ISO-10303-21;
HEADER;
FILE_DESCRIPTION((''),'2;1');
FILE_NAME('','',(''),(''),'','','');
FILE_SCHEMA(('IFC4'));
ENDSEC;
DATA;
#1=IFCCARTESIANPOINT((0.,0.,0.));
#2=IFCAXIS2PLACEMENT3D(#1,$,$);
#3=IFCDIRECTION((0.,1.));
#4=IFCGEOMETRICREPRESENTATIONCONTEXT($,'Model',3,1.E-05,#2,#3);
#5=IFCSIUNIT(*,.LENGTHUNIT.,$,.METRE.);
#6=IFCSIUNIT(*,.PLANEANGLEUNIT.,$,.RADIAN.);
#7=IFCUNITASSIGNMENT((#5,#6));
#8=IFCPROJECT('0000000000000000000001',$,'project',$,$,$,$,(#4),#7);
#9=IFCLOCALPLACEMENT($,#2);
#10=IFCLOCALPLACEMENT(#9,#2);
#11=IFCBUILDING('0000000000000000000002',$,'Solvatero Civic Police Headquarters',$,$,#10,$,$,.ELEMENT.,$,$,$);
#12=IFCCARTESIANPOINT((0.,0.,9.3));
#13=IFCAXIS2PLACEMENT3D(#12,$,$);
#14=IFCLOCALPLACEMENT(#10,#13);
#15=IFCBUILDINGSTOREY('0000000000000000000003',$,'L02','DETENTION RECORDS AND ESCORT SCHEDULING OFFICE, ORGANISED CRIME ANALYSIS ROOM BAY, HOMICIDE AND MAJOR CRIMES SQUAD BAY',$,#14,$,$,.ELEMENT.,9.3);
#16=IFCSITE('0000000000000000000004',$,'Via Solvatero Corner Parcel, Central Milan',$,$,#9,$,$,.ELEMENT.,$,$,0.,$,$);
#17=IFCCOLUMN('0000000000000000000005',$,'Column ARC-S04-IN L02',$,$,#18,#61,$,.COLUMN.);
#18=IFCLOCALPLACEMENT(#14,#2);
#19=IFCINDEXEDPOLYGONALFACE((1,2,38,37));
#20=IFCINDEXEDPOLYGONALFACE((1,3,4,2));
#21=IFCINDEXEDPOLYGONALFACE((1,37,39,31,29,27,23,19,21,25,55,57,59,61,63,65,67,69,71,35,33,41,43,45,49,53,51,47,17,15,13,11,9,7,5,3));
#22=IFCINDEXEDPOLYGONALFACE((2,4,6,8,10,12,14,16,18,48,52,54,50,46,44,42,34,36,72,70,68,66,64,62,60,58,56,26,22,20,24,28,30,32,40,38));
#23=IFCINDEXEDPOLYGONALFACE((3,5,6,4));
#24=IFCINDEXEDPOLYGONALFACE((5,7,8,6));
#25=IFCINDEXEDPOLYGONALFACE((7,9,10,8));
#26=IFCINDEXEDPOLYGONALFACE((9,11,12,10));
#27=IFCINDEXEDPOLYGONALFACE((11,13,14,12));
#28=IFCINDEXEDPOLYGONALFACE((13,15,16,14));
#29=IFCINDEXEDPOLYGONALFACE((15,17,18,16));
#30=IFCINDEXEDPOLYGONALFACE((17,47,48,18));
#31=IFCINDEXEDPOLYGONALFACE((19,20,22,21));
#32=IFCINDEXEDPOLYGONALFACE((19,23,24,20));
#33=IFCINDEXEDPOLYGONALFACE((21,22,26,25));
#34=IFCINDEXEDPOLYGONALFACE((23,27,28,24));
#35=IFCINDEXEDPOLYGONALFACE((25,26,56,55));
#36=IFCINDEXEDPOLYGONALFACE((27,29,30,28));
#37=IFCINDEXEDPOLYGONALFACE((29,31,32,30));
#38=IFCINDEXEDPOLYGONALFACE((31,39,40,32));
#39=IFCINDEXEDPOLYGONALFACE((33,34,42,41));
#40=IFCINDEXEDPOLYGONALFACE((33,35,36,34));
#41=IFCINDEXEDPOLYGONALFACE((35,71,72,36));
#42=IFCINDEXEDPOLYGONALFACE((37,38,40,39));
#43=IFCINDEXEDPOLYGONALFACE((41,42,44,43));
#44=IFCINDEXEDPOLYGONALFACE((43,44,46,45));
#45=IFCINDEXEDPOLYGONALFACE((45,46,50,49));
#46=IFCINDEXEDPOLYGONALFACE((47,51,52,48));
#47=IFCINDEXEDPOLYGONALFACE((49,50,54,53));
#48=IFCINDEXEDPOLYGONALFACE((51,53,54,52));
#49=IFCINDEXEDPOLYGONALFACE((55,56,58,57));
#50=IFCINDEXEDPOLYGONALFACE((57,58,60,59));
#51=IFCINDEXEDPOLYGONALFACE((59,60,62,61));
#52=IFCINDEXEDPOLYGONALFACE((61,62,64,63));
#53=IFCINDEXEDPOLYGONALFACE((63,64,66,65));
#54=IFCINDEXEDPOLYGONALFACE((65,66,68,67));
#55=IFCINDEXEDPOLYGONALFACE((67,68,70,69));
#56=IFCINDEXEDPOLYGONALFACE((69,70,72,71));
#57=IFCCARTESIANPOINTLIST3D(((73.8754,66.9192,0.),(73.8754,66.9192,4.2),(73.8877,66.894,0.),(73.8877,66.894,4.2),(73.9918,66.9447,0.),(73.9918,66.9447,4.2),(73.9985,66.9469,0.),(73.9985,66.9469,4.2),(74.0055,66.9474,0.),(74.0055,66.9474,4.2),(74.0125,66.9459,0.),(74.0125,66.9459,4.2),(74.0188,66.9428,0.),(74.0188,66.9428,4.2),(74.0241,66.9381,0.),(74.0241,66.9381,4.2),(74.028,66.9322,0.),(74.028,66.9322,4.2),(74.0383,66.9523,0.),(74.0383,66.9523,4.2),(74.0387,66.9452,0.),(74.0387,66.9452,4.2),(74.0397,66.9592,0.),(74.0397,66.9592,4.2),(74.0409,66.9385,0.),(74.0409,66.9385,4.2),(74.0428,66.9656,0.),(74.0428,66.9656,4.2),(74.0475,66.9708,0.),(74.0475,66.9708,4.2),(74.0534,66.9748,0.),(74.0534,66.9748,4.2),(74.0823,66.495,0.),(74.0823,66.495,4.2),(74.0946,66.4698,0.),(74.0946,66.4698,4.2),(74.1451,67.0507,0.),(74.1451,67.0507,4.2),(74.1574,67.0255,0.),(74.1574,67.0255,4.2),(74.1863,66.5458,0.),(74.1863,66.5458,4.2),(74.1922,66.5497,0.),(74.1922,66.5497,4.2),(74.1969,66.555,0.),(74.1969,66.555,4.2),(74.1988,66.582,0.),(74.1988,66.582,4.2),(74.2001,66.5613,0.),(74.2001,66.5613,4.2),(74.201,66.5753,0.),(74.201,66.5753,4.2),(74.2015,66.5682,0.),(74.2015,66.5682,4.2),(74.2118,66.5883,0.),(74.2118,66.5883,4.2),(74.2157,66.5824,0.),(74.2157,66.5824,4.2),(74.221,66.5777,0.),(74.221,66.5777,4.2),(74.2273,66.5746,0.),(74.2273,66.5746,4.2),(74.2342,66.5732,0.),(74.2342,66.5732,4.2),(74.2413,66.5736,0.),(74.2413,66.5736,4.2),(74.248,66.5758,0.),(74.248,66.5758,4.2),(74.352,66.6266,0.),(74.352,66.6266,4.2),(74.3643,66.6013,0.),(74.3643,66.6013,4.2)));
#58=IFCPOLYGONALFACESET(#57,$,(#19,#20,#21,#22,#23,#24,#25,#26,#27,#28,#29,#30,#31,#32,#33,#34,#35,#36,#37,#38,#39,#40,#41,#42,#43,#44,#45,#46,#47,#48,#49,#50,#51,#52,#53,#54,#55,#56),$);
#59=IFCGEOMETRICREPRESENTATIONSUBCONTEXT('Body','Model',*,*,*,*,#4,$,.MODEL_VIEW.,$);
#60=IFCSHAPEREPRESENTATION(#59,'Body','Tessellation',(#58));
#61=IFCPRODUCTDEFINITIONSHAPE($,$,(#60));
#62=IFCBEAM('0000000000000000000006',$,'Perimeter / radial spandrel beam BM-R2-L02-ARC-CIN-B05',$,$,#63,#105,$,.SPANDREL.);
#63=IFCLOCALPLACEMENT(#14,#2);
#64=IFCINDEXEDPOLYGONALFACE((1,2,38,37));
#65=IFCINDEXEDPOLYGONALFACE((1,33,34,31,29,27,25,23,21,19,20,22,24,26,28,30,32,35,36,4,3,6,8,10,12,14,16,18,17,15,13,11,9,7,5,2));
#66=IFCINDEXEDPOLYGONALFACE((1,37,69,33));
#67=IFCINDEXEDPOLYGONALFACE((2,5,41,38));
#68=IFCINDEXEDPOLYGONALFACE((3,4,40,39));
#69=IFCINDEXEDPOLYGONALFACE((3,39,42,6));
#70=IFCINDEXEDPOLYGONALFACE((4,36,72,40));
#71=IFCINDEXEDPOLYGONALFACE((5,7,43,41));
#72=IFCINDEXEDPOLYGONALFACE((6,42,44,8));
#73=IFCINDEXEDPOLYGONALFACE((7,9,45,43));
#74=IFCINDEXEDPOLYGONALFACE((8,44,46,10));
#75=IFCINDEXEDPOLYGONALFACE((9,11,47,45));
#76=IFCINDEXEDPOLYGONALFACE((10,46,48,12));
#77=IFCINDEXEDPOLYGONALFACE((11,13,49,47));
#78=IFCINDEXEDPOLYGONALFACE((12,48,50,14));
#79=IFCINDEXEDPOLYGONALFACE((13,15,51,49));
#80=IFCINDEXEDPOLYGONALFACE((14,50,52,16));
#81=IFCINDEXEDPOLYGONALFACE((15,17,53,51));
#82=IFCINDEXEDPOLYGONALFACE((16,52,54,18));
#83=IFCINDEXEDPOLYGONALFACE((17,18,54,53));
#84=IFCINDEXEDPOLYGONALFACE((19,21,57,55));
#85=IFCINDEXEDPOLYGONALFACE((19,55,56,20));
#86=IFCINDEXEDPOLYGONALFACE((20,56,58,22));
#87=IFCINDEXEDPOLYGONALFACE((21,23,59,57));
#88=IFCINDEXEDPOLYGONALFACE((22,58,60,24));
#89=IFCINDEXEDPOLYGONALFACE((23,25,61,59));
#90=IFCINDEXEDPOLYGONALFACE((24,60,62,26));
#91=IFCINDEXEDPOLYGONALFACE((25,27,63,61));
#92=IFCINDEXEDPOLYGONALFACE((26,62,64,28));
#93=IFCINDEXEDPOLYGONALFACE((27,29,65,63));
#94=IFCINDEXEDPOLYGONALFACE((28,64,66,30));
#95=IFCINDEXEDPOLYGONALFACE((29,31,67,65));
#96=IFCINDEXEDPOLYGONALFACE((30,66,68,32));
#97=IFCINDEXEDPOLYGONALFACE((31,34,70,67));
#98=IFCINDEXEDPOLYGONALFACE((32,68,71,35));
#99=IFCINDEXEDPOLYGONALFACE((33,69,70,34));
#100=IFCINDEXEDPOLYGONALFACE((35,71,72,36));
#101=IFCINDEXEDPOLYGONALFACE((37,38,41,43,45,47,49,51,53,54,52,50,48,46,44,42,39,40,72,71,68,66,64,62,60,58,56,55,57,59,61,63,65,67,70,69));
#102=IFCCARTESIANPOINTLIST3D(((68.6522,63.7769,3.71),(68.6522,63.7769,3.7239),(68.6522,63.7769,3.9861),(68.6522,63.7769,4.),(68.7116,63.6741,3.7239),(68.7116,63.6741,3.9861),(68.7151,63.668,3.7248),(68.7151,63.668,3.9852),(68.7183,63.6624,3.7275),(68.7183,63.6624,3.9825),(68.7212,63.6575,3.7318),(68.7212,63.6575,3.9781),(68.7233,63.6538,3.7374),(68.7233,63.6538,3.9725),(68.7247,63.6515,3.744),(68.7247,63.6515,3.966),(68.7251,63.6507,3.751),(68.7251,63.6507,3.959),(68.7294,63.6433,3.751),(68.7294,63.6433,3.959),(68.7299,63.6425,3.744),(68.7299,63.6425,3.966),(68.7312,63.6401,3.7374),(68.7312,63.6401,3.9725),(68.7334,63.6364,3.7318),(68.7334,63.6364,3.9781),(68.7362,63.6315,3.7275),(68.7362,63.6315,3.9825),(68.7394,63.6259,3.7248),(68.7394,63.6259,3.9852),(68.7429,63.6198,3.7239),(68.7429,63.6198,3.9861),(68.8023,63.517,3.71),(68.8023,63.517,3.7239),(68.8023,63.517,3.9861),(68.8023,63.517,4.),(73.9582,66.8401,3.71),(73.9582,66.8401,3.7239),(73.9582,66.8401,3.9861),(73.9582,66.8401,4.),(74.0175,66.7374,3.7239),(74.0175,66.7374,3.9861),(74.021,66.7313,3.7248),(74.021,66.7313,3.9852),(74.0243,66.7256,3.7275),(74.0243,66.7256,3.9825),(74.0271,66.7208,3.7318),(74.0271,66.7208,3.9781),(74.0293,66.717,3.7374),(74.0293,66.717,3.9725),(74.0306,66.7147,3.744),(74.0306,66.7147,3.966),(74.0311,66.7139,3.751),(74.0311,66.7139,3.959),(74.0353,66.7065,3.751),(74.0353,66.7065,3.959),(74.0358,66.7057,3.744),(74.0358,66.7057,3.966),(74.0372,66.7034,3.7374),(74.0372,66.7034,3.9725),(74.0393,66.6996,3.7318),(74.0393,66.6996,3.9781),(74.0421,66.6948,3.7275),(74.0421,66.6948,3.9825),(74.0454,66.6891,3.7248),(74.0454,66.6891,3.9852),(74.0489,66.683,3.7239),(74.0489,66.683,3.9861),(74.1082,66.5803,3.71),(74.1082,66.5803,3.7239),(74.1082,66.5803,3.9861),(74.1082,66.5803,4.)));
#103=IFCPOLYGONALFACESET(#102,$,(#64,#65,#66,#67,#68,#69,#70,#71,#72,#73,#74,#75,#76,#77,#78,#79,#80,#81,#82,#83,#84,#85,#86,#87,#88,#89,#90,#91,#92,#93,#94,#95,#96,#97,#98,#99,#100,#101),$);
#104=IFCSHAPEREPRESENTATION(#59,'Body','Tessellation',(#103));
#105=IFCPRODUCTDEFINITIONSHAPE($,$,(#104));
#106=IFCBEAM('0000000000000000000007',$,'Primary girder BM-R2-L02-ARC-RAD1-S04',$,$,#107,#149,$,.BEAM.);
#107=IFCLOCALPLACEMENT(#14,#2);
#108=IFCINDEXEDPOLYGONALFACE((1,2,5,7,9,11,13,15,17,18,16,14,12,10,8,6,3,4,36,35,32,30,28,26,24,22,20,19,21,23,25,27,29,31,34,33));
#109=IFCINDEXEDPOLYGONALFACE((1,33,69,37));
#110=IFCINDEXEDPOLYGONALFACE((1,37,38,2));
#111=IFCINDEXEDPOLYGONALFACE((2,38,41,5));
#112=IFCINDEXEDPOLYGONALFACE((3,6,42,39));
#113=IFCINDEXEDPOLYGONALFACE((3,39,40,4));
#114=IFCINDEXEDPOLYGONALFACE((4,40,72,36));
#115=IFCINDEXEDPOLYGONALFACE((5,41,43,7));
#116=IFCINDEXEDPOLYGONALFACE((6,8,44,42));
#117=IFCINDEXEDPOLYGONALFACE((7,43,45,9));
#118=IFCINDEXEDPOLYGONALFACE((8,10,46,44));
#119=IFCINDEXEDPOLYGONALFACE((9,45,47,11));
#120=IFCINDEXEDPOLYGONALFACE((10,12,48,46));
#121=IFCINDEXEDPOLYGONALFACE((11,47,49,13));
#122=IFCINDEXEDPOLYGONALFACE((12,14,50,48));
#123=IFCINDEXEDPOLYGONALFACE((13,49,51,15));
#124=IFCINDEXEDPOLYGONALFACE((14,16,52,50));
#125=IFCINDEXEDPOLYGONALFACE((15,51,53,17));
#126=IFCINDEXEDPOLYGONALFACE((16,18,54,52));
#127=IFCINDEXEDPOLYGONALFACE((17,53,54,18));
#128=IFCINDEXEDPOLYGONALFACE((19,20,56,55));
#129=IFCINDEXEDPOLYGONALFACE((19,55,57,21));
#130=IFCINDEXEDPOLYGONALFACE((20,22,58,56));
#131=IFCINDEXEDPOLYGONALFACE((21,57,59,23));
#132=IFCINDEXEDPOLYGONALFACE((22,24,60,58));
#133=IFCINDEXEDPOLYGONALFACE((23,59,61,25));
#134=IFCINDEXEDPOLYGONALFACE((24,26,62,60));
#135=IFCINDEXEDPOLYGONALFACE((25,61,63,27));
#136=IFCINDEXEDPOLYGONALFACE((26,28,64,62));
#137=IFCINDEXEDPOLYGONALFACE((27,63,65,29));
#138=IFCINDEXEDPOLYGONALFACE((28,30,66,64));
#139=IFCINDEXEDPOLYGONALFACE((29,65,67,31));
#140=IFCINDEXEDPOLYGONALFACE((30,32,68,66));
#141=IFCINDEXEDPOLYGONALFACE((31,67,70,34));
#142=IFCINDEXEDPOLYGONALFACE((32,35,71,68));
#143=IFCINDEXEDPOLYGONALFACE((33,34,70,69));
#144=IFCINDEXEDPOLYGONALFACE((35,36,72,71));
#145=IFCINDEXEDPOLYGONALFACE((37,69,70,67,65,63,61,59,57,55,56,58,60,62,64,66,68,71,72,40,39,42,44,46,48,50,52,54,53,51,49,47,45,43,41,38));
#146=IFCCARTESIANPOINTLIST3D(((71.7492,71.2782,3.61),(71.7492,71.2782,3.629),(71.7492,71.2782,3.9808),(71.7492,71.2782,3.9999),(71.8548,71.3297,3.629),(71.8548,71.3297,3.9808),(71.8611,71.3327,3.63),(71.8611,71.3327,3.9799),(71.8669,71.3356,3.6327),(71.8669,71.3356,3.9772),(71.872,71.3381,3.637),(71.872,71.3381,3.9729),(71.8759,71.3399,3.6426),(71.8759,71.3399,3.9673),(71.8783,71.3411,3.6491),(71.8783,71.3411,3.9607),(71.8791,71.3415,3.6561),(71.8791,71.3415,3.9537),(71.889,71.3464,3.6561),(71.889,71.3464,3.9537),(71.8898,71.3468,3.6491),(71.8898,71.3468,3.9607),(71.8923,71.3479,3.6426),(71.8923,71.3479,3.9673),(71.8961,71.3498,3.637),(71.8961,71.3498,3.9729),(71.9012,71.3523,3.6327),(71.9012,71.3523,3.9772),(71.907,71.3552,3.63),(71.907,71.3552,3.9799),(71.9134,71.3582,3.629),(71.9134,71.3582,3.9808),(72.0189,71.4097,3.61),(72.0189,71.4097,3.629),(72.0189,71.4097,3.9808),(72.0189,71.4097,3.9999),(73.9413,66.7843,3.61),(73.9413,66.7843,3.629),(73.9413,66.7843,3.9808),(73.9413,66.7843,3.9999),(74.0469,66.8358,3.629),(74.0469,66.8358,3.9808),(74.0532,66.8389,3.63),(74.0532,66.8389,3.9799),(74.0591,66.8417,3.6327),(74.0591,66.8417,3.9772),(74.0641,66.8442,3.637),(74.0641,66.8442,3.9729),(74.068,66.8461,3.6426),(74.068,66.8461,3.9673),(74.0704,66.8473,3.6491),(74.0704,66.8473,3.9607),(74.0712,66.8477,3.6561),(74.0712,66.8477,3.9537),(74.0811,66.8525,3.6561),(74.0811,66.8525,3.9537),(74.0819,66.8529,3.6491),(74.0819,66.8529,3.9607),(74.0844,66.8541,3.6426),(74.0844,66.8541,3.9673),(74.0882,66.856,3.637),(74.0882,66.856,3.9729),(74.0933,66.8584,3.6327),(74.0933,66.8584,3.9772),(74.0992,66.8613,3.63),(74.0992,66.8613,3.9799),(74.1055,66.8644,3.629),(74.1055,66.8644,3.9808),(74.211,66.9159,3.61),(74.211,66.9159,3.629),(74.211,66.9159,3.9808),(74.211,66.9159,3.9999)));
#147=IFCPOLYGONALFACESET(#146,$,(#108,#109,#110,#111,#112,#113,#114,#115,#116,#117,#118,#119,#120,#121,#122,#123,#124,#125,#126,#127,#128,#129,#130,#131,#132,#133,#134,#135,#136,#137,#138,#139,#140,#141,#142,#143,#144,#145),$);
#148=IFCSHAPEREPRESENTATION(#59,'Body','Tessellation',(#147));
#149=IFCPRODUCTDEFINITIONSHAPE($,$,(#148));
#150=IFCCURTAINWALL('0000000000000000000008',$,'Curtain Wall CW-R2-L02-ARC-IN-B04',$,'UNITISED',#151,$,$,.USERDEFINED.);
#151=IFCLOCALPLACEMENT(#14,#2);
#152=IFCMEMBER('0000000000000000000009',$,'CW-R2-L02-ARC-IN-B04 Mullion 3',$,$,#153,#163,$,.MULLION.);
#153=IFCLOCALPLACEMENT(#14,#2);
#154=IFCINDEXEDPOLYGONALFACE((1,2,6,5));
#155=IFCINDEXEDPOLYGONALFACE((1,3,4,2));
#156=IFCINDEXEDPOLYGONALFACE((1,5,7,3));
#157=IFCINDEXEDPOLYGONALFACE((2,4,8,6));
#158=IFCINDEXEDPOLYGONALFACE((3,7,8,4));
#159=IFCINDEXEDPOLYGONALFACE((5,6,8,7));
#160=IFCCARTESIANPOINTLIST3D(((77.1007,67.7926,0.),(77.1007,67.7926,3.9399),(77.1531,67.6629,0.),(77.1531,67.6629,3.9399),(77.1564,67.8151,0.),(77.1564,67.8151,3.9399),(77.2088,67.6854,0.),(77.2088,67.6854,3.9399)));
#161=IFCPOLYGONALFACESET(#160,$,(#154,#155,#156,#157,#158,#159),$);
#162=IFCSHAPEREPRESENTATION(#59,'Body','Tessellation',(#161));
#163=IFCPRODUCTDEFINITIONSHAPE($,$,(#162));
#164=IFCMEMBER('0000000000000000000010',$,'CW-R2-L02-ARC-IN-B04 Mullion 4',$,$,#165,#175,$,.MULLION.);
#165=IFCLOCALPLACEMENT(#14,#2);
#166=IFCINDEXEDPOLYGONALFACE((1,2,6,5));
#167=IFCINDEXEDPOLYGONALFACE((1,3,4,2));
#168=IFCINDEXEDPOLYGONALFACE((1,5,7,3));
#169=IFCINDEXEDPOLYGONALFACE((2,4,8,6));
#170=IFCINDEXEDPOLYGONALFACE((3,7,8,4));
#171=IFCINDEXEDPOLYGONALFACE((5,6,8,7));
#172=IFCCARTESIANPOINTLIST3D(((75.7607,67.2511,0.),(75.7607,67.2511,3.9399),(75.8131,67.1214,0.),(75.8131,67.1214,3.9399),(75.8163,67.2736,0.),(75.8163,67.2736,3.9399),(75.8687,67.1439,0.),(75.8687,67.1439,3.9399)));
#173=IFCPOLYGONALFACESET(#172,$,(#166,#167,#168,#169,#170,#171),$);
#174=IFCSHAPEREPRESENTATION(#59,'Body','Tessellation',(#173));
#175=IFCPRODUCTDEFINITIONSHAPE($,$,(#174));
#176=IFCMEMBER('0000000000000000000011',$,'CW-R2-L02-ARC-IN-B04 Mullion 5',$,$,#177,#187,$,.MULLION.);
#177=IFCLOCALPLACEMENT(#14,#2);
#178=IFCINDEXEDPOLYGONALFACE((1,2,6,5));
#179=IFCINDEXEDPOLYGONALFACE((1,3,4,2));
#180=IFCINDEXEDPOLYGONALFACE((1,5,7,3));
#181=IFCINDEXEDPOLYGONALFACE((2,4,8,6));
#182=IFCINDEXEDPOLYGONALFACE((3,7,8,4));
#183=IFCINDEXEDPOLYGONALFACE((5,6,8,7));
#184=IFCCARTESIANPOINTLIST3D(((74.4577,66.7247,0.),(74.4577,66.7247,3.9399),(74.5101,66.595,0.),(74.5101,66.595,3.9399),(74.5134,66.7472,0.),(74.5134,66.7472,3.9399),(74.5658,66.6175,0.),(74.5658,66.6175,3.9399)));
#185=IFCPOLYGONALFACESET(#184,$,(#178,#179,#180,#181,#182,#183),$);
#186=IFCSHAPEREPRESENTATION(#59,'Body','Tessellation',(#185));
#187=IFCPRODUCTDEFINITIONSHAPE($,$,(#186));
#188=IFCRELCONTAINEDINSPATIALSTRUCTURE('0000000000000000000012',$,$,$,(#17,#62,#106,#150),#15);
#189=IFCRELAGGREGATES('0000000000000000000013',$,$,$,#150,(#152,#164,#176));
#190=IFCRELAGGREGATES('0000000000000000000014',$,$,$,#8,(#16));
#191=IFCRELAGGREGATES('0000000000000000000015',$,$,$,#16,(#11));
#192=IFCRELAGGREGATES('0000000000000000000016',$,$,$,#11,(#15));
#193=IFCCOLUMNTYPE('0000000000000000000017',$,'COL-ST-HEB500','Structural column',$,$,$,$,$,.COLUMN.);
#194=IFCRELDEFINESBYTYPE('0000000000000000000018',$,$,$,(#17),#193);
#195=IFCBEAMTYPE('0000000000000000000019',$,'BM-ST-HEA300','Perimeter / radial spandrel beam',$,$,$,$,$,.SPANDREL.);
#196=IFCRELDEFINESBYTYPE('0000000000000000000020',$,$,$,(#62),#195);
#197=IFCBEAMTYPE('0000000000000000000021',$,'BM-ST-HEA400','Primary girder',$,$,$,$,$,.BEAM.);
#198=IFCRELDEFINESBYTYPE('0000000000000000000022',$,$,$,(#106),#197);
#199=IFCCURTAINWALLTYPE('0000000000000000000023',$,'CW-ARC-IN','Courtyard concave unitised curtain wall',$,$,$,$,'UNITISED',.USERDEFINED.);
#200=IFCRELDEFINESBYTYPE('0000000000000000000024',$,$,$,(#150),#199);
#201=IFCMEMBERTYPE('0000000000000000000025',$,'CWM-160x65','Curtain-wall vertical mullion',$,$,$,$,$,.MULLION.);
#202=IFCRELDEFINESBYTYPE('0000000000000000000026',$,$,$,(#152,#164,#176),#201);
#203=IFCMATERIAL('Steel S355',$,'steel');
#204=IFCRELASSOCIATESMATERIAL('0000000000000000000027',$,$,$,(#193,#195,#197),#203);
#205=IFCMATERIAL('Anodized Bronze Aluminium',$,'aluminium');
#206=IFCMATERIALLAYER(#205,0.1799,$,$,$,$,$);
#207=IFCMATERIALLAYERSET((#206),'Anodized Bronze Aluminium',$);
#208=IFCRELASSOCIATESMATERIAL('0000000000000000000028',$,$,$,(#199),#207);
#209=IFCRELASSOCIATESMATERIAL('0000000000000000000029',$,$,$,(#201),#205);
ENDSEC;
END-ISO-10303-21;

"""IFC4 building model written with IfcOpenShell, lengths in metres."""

from ifc_helpers import new_model, si_unit, direction, frame, origin, origin_2d, place, context, subcontext, project, spatial, rectangle, i_section, extrude, material, layer, layer_set, material_profile, profile_set, type_object, element, aggregate, save


model = new_model("IFC4")

# Units and contexts
model_context = context("Model", 3, precision=1e-05, world=origin(), true_north=direction((0.0, 1.0)))
body_context = subcontext(model_context, "Body", "Model", "MODEL_VIEW")
ifc_project = project(units=[si_unit("LENGTHUNIT", "METRE"), si_unit("PLANEANGLEUNIT", "RADIAN")], contexts=[model_context])

# Site, building, storey
site_placement = place(None, origin())
site = spatial("IfcSite", under=ifc_project, at=site_placement, Name="Via Solvatero Corner Parcel, Central Milan", CompositionType="ELEMENT", RefElevation=0.0)
building_placement = place(site_placement, origin())
building = spatial("IfcBuilding", under=site, at=building_placement, Name="Solvatero Civic Police Headquarters", CompositionType="ELEMENT")
storey_placement = place(building_placement, frame((0.0, 0.0, 9.3)))
storey = spatial("IfcBuildingStorey", under=building, at=storey_placement, Name="L02", Description="DETENTION RECORDS AND ESCORT SCHEDULING OFFICE, ORGANISED CRIME ANALYSIS ROOM BAY, HOMICIDE AND MAJOR CRIMES SQUAD BAY", CompositionType="ELEMENT", Elevation=9.3)

# Column
ifc_material_1 = material(Name="Steel S355", Category="steel")
ifc_material_profile_1 = material_profile(ifc_material_1, i_section(OverallWidth=0.3, OverallDepth=0.5, WebThickness=0.0144, FlangeThickness=0.0281, FilletRadius=0.0271, at=origin_2d()), Name="HEB 500")
ifc_profile_set_1 = profile_set([ifc_material_profile_1], Name="Steel S355")
column_type = type_object("IfcColumnType", Name="COL-ST-HEB500", Description="Structural column", PredefinedType="COLUMN", material=ifc_profile_set_1)
column_placement = place(storey_placement, frame((74.1199, 66.7603, 0.0), z_axis=(0.0, 0.0, 1.0), x_axis=(0.898794, 0.438371, 0.0)))
element("IfcColumn", 1, at=column_placement, inside=storey, type_object=column_type, Name="Column ARC-S04-IN L02", PredefinedType="COLUMN", context=body_context, shape_type="SweptSolid", body=[
    extrude(i_section(OverallWidth=0.3, OverallDepth=0.5, WebThickness=0.0144, FlangeThickness=0.0281, FilletRadius=0.0271, at=origin_2d()), origin(), (0.0, 0.0, 1.0), 4.2),
])

# Beams
ifc_material_profile_2 = material_profile(ifc_material_1, i_section(OverallWidth=0.3, OverallDepth=0.29, WebThickness=0.0085, FlangeThickness=0.0139, FilletRadius=0.0271, at=origin_2d()), Name="HEA 300")
ifc_profile_set_2 = profile_set([ifc_material_profile_2], Name="Steel S355")
beam_type_1 = type_object("IfcBeamType", Name="BM-ST-HEA300", Description="Perimeter / radial spandrel beam", PredefinedType="SPANDREL", material=ifc_profile_set_2)
beam_1_placement = place(storey_placement, frame((74.0332, 66.7102, 3.855), z_axis=(-0.866035, -0.499983, 0.0), x_axis=(0.499983, -0.866035, 0.0)))
element("IfcBeam", 2, at=beam_1_placement, inside=storey, type_object=beam_type_1, Name="Perimeter / radial spandrel beam BM-R2-L02-ARC-CIN-B05", PredefinedType="SPANDREL", context=body_context, shape_type="SweptSolid", body=[
    extrude(i_section(OverallWidth=0.3, OverallDepth=0.29, WebThickness=0.0085, FlangeThickness=0.0139, FilletRadius=0.0271, at=origin_2d()), origin(), (0.0, 0.0, 1.0), 6.1267),
])
ifc_material_profile_3 = material_profile(ifc_material_1, i_section(OverallWidth=0.3, OverallDepth=0.3899, WebThickness=0.011, FlangeThickness=0.019, FilletRadius=0.0271, at=origin_2d()), Name="HEA 400")
ifc_profile_set_3 = profile_set([ifc_material_profile_3], Name="Steel S355")
beam_type_2 = type_object("IfcBeamType", Name="BM-ST-HEA400", Description="Primary girder", PredefinedType="BEAM", material=ifc_profile_set_3)
beam_2_placement = place(storey_placement, frame((74.0762, 66.8501, 3.8049), z_axis=(-0.438423, 0.898769, 0.0), x_axis=(-0.898769, -0.438423, 0.0)))
element("IfcBeam", 3, at=beam_2_placement, inside=storey, type_object=beam_type_2, Name="Primary girder BM-R2-L02-ARC-RAD1-S04", PredefinedType="BEAM", context=body_context, shape_type="SweptSolid", body=[
    extrude(i_section(OverallWidth=0.3, OverallDepth=0.3899, WebThickness=0.011, FlangeThickness=0.019, FilletRadius=0.0271, at=origin_2d()), origin(), (0.0, 0.0, 1.0), 5.0),
])

# Curtain wall, members
ifc_material_2 = material(Name="Anodized Bronze Aluminium", Category="aluminium")
ifc_layer_1 = layer(ifc_material_2, 0.1799)
ifc_layer_set_1 = layer_set([ifc_layer_1], Name="Anodized Bronze Aluminium")
curtain_wall_type = type_object("IfcCurtainWallType", Name="CW-ARC-IN", Description="Courtyard concave unitised curtain wall", ElementType="UNITISED", PredefinedType="USERDEFINED", material=ifc_layer_set_1)
curtain_wall_1_placement = place(storey_placement, origin())
curtain_wall_1 = element("IfcCurtainWall", 4, at=curtain_wall_1_placement, inside=storey, type_object=curtain_wall_type, Name="Curtain Wall CW-R2-L02-ARC-IN-B04", ObjectType="UNITISED", PredefinedType="USERDEFINED")
ifc_material_profile_4 = material_profile(ifc_material_2, rectangle(XDim=0.0601, YDim=0.1399, at=origin_2d()), Name="ALU MULLION 60x140")
ifc_profile_set_4 = profile_set([ifc_material_profile_4], Name="Anodized Bronze Aluminium")
member_type_1 = type_object("IfcMemberType", Name="CWM-160x65", Description="Curtain-wall vertical mullion", PredefinedType="MULLION", material=ifc_profile_set_4)
member_1_placement = place(storey_placement, frame((77.1548, 67.739, 0.0), z_axis=(0.0, 0.0, 1.0), x_axis=(-0.927184, -0.374607, 0.0)))
member_1 = element("IfcMember", 5, at=member_1_placement, type_object=member_type_1, Name="CW-R2-L02-ARC-IN-B04 Mullion 3", PredefinedType="MULLION", context=body_context, shape_type="SweptSolid", body=[
    extrude(rectangle(XDim=0.0601, YDim=0.1399, at=origin_2d()), origin(), (0.0, 0.0, 1.0), 3.9399),
])
member_2_placement = place(storey_placement, frame((75.8147, 67.1975, 0.0), z_axis=(0.0, 0.0, 1.0), x_axis=(-0.927184, -0.374607, 0.0)))
member_2 = element("IfcMember", 6, at=member_2_placement, type_object=member_type_1, Name="CW-R2-L02-ARC-IN-B04 Mullion 4", PredefinedType="MULLION", context=body_context, shape_type="SweptSolid", body=[
    extrude(rectangle(XDim=0.0601, YDim=0.1399, at=origin_2d()), origin(), (0.0, 0.0, 1.0), 3.9399),
])
member_3_placement = place(storey_placement, frame((74.5117, 66.6711, 0.0), z_axis=(0.0, 0.0, 1.0), x_axis=(-0.927184, -0.374607, 0.0)))
member_3 = element("IfcMember", 7, at=member_3_placement, type_object=member_type_1, Name="CW-R2-L02-ARC-IN-B04 Mullion 5", PredefinedType="MULLION", context=body_context, shape_type="SweptSolid", body=[
    extrude(rectangle(XDim=0.0601, YDim=0.1399, at=origin_2d()), origin(), (0.0, 0.0, 1.0), 3.9399),
])

aggregate(curtain_wall_1, [member_1, member_2, member_3])

save(model, "model.ifc")
